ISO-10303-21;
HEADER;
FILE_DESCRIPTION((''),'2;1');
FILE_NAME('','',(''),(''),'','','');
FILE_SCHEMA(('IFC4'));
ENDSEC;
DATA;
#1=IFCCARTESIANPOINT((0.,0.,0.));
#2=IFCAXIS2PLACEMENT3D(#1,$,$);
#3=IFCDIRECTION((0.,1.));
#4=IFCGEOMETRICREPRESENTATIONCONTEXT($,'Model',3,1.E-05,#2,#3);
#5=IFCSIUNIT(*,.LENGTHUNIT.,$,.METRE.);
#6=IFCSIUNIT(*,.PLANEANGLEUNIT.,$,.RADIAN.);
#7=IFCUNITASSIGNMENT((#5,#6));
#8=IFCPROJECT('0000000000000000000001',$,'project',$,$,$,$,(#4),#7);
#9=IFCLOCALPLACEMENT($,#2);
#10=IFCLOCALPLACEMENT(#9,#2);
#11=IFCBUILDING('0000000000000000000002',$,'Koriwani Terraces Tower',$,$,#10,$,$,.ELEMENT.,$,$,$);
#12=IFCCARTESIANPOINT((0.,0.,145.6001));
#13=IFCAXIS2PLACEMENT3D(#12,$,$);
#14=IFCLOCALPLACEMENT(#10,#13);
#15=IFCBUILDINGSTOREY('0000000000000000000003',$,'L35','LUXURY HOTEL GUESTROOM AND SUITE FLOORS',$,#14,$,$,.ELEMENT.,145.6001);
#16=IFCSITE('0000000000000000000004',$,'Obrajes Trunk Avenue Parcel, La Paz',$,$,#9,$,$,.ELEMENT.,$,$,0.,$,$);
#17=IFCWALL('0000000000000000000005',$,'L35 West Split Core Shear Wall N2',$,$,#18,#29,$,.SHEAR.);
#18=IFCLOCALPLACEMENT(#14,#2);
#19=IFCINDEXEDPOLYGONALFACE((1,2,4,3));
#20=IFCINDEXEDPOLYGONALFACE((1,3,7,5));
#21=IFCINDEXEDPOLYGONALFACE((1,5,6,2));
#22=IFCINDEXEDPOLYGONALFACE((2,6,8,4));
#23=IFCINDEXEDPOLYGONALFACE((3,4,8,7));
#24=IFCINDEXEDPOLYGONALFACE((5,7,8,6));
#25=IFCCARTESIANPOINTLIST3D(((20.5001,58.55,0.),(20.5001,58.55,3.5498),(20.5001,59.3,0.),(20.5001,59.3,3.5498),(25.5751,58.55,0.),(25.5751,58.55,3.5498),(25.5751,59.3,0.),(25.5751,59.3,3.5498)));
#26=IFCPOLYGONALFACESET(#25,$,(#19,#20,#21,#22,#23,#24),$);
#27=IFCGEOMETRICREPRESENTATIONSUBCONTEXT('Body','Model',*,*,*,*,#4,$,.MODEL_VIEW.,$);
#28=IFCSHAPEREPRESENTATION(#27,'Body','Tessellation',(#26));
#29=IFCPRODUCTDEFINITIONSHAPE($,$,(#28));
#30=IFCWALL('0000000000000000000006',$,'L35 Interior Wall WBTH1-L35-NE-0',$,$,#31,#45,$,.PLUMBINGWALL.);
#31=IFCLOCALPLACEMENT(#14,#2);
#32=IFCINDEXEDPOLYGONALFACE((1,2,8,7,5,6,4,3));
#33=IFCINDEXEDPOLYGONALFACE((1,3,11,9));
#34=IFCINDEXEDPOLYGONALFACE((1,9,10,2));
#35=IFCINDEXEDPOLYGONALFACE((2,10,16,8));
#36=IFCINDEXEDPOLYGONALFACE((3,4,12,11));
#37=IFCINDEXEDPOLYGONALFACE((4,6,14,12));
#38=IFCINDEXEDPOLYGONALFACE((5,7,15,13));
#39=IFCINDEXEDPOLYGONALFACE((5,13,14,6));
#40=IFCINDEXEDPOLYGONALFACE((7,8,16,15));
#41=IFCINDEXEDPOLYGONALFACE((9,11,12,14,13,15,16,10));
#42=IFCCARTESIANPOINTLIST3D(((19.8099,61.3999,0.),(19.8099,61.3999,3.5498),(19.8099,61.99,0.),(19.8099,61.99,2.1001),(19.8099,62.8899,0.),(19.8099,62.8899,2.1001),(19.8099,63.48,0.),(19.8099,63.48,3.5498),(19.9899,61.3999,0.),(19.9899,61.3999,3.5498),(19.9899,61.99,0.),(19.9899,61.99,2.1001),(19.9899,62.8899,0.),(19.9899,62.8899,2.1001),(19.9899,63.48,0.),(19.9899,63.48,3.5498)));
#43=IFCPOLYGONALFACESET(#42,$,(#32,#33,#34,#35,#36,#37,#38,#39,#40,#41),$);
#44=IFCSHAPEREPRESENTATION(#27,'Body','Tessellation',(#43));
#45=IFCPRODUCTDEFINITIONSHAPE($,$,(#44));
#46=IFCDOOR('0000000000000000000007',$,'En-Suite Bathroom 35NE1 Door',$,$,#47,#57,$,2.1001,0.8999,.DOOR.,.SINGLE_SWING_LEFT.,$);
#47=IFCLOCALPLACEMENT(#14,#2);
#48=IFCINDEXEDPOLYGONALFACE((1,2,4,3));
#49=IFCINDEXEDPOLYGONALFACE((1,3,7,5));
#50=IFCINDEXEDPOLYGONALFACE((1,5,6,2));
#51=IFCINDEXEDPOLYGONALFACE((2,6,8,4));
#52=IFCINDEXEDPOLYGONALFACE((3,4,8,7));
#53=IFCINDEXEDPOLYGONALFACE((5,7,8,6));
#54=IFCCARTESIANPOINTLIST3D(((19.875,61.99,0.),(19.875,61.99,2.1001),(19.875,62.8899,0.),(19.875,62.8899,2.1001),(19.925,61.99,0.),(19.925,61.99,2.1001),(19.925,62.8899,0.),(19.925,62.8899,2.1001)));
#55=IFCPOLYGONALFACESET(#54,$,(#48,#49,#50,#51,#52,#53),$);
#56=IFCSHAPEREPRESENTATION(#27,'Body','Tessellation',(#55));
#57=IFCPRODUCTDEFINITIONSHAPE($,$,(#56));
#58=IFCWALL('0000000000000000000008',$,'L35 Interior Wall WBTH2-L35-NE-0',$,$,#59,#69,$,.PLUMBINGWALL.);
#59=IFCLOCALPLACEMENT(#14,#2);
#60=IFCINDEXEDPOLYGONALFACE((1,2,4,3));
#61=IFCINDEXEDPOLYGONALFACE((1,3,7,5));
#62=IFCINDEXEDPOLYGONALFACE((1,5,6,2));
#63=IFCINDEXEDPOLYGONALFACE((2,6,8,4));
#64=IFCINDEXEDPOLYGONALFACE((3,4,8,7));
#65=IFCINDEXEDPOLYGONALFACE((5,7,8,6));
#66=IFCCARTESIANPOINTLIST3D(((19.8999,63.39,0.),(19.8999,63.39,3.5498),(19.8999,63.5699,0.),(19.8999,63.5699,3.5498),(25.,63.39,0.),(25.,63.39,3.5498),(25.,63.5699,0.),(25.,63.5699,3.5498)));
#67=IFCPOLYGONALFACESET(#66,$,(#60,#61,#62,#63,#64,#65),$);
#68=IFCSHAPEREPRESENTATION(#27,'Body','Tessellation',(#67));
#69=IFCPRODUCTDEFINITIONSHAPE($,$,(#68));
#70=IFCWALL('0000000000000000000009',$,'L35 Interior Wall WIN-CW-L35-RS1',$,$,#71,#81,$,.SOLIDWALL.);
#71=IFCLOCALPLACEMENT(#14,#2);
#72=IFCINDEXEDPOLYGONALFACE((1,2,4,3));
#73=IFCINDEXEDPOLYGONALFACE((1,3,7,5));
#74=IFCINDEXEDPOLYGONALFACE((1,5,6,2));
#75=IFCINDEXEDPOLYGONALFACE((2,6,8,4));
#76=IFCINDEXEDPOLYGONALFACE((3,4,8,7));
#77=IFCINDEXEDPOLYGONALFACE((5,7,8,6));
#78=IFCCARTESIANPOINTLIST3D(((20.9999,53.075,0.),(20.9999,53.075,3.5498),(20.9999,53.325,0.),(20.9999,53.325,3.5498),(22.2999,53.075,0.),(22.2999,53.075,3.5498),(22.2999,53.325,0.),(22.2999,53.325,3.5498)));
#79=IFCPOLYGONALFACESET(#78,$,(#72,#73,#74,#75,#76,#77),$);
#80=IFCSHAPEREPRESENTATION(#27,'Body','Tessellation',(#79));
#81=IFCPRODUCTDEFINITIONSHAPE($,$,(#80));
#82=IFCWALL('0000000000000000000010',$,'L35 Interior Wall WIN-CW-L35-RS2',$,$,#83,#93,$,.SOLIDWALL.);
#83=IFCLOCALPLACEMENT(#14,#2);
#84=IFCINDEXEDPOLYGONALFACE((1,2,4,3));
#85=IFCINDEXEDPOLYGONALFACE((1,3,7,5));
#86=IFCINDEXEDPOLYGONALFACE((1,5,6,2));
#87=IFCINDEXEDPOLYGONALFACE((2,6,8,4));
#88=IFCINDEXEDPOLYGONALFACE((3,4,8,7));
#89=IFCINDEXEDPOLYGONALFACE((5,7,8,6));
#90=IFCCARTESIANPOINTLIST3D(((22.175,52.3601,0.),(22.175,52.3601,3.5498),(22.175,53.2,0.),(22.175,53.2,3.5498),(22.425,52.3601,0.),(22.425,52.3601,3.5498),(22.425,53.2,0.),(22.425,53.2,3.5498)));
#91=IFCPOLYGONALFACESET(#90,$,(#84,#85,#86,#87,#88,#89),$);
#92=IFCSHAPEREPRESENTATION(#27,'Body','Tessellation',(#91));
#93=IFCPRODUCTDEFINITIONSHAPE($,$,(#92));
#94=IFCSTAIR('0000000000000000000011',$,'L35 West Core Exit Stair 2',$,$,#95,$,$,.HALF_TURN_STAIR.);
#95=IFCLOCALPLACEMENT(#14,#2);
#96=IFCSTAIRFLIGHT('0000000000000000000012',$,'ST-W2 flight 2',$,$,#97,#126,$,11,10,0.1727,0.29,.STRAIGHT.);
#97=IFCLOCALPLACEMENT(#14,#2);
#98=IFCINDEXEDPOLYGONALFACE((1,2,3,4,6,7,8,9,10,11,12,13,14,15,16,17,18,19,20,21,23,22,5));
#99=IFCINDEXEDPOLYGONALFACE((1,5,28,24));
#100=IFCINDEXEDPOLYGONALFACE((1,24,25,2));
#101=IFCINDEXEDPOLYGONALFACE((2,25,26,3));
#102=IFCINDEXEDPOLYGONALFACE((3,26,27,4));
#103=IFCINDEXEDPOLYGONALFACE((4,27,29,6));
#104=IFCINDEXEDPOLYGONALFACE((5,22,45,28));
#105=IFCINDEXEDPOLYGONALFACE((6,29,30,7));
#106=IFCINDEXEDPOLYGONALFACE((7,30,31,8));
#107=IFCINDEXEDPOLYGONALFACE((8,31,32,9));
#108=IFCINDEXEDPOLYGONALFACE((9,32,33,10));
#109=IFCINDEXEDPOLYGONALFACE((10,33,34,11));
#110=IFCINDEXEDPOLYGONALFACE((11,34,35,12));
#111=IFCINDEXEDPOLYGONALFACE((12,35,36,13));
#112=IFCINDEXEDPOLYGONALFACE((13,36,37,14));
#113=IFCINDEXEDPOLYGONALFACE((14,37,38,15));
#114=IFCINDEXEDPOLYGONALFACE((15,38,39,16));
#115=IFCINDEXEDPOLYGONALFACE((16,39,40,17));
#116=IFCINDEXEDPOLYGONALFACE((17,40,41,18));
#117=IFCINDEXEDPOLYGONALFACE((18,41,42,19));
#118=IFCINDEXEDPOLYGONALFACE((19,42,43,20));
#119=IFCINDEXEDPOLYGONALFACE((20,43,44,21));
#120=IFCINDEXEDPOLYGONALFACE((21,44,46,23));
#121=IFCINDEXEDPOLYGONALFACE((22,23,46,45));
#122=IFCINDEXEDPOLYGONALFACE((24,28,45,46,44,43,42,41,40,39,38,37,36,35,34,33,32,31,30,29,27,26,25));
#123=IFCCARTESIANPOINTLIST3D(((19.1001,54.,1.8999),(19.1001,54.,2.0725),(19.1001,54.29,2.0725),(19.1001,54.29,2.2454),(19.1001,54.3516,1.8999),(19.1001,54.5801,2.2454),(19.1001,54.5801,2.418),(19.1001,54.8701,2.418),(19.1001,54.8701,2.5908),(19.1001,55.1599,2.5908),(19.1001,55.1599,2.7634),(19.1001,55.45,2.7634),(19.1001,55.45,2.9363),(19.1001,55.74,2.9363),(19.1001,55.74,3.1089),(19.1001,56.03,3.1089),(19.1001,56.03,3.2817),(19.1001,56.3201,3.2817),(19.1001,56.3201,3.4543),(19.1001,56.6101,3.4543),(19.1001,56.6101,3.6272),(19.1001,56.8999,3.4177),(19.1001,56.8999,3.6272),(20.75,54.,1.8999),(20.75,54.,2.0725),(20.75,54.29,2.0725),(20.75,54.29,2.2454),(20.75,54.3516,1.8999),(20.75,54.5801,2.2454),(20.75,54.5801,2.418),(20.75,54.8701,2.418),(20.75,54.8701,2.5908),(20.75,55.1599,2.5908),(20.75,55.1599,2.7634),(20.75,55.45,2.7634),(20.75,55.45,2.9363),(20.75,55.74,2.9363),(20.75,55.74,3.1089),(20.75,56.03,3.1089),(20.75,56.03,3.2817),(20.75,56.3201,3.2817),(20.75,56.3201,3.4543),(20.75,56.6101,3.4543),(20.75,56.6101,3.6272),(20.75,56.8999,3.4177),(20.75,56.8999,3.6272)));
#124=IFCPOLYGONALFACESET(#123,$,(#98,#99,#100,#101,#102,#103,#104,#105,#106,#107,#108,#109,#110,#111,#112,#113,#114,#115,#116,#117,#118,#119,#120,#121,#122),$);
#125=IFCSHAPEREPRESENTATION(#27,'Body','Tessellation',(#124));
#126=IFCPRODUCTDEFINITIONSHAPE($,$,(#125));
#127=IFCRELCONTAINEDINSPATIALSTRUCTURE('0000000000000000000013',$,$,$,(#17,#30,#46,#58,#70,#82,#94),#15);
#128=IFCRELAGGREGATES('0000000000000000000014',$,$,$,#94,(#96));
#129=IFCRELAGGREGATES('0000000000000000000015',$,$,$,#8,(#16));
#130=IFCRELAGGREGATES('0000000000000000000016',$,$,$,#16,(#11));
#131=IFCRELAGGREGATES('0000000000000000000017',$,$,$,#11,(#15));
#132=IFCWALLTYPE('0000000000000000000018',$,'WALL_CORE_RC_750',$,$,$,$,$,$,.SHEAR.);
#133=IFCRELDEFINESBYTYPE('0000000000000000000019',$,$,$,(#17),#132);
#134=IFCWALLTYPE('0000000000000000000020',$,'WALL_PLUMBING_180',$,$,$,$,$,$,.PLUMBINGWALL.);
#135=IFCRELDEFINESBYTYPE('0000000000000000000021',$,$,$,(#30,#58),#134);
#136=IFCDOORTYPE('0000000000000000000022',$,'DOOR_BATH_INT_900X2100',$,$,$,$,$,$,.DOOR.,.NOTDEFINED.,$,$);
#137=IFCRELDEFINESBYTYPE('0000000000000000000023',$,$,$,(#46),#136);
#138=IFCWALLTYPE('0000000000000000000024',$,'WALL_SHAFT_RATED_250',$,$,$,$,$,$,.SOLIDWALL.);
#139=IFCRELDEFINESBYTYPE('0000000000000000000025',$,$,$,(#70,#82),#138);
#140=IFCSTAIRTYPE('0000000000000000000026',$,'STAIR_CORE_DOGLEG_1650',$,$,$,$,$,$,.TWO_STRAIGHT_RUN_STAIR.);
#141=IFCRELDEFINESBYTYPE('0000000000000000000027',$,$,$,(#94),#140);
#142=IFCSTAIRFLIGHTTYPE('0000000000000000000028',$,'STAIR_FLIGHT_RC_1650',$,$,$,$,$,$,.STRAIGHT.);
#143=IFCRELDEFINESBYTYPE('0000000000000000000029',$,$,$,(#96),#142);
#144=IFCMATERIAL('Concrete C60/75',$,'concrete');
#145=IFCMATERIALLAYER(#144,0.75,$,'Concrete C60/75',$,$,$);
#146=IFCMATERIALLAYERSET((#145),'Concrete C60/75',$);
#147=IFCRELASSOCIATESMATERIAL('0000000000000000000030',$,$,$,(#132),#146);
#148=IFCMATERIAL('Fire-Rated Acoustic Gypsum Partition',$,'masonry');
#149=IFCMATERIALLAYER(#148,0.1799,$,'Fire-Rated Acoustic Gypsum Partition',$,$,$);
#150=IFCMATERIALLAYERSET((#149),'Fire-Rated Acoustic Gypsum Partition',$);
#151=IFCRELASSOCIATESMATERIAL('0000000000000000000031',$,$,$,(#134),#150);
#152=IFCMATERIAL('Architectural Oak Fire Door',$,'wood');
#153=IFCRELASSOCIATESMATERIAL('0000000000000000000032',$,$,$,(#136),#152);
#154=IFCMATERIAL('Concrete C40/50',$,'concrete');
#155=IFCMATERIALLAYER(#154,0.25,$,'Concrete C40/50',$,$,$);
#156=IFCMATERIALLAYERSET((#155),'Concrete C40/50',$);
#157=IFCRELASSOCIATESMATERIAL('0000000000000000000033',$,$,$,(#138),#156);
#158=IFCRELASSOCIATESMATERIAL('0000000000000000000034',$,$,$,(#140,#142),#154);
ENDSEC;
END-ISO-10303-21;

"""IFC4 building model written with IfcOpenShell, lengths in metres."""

from ifc_helpers import new_model, si_unit, direction, frame, frame_2d, origin, place, context, subcontext, project, spatial, polyline, rectangle, outline, extrude, material, layer, layer_set, type_object, element, fill, aggregate, save


model = new_model("IFC4")

# Units and contexts
model_context = context("Model", 3, precision=1e-05, world=origin(), true_north=direction((0.0, 1.0)))
body_context = subcontext(model_context, "Body", "Model", "MODEL_VIEW")
ifc_project = project(units=[si_unit("LENGTHUNIT", "METRE"), si_unit("PLANEANGLEUNIT", "RADIAN")], contexts=[model_context])

# Site, building, storey
site_placement = place(None, origin())
site = spatial("IfcSite", under=ifc_project, at=site_placement, Name="Obrajes Trunk Avenue Parcel, La Paz", CompositionType="ELEMENT", RefElevation=0.0)
building_placement = place(site_placement, origin())
building = spatial("IfcBuilding", under=site, at=building_placement, Name="Koriwani Terraces Tower", CompositionType="ELEMENT")
storey_placement = place(building_placement, frame((0.0, 0.0, 145.6001)))
storey = spatial("IfcBuildingStorey", under=building, at=storey_placement, Name="L35", Description="LUXURY HOTEL GUESTROOM AND SUITE FLOORS", CompositionType="ELEMENT", Elevation=145.6001)

# Wall
ifc_material_1 = material(Name="Concrete C60/75", Category="concrete")
ifc_layer_1 = layer(ifc_material_1, 0.75, Name="Concrete C60/75")
ifc_layer_set_1 = layer_set([ifc_layer_1], Name="Concrete C60/75")
wall_type_1 = type_object("IfcWallType", Name="WALL_CORE_RC_750", PredefinedType="SHEAR", material=ifc_layer_set_1)
wall_1_placement = place(storey_placement, frame((20.5, 58.925, 0.0), z_axis=(0.0, 0.0, 1.0), x_axis=(1.0, 0.0, 0.0)))
element("IfcWall", 1, at=wall_1_placement, inside=storey, type_object=wall_type_1, Name="L35 West Split Core Shear Wall N2", PredefinedType="SHEAR", context=body_context, shape_type="SweptSolid", body=[
    extrude(rectangle(XDim=5.075, YDim=0.75, at=frame_2d((2.5376, 0.0))), origin(), (0.0, 0.0, 1.0), 3.5498),
])

# Wall, opening, door
ifc_material_2 = material(Name="Fire-Rated Acoustic Gypsum Partition", Category="masonry")
ifc_layer_2 = layer(ifc_material_2, 0.1799, Name="Fire-Rated Acoustic Gypsum Partition")
ifc_layer_set_2 = layer_set([ifc_layer_2], Name="Fire-Rated Acoustic Gypsum Partition")
wall_type_2 = type_object("IfcWallType", Name="WALL_PLUMBING_180", PredefinedType="PLUMBINGWALL", material=ifc_layer_set_2)
wall_2_placement = place(storey_placement, frame((19.8999, 61.3999, 0.0), z_axis=(0.0, 0.0, 1.0), x_axis=(0.0, 1.0, 0.0)))
wall_2 = element("IfcWall", 2, at=wall_2_placement, inside=storey, type_object=wall_type_2, Name="L35 Interior Wall WBTH1-L35-NE-0", PredefinedType="PLUMBINGWALL", context=body_context, shape_type="SweptSolid", body=[
    extrude(rectangle(XDim=2.0801, YDim=0.1799, at=frame_2d((1.04, 0.0))), origin(), (0.0, 0.0, 1.0), 3.5498),
])
opening_1_placement = place(wall_2_placement, frame((0.5901, 0.0, 0.0)))
opening_1 = element("IfcOpeningElement", 3, at=opening_1_placement, cuts=wall_2, PredefinedType="OPENING", context=body_context, shape_type="SweptSolid", body=[
    extrude(rectangle(XDim=0.8999, YDim=2.1001, at=frame_2d((0.45, 1.05))), frame((0.0, 0.1001, 0.0), z_axis=(0.0, -1.0, 0.0), x_axis=(1.0, 0.0, 0.0)), (0.0, 0.0, 1.0), 0.2),
])
ifc_material_3 = material(Name="Architectural Oak Fire Door", Category="wood")
door_type_1 = type_object("IfcDoorType", Name="DOOR_BATH_INT_900X2100", OperationType="NOTDEFINED", PredefinedType="DOOR", material=ifc_material_3)
door_1_placement = place(opening_1_placement, origin())
door_1 = element("IfcDoor", 4, at=door_1_placement, inside=storey, type_object=door_type_1, Name="En-Suite Bathroom 35NE1 Door", OperationType="SINGLE_SWING_LEFT", OverallHeight=2.1001, OverallWidth=0.8999, PredefinedType="DOOR", context=body_context, shape_type="SweptSolid", body=[
    extrude(rectangle(XDim=0.8999, YDim=2.1001, at=frame_2d((0.45, 1.05))), frame((0.0, 0.0249, 0.0), z_axis=(0.0, -1.0, 0.0), x_axis=(1.0, 0.0, 0.0)), (0.0, 0.0, 1.0), 0.05),
])
fill(opening_1, door_1)

# Wall
wall_3_placement = place(storey_placement, frame((19.8999, 63.48, 0.0), z_axis=(0.0, 0.0, 1.0), x_axis=(1.0, 0.0, 0.0)))
element("IfcWall", 5, at=wall_3_placement, inside=storey, type_object=wall_type_2, Name="L35 Interior Wall WBTH2-L35-NE-0", PredefinedType="PLUMBINGWALL", context=body_context, shape_type="SweptSolid", body=[
    extrude(rectangle(XDim=5.1001, YDim=0.1799, at=frame_2d((2.55, 0.0))), origin(), (0.0, 0.0, 1.0), 3.5498),
])

# Shared definitions
ifc_material_4 = material(Name="Concrete C40/50", Category="concrete")
ifc_layer_3 = layer(ifc_material_4, 0.25, Name="Concrete C40/50")
ifc_layer_set_3 = layer_set([ifc_layer_3], Name="Concrete C40/50")
wall_type_3 = type_object("IfcWallType", Name="WALL_SHAFT_RATED_250", PredefinedType="SOLIDWALL", material=ifc_layer_set_3)

# Walls
wall_4_placement = place(storey_placement, frame((21.0, 53.2, 0.0), z_axis=(0.0, 0.0, 1.0), x_axis=(1.0, 0.0, 0.0)))
element("IfcWall", 6, at=wall_4_placement, inside=storey, type_object=wall_type_3, Name="L35 Interior Wall WIN-CW-L35-RS1", PredefinedType="SOLIDWALL", context=body_context, shape_type="SweptSolid", body=[
    extrude(rectangle(XDim=1.3, YDim=0.25, at=frame_2d((0.6499, 0.0))), origin(), (0.0, 0.0, 1.0), 3.5498),
])
wall_5_placement = place(storey_placement, frame((22.3, 52.3601, 0.0), z_axis=(0.0, 0.0, 1.0), x_axis=(0.0, 1.0, 0.0)))
element("IfcWall", 7, at=wall_5_placement, inside=storey, type_object=wall_type_3, Name="L35 Interior Wall WIN-CW-L35-RS2", PredefinedType="SOLIDWALL", context=body_context, shape_type="SweptSolid", body=[
    extrude(rectangle(XDim=0.8398, YDim=0.25, at=frame_2d((0.4199, 0.0))), origin(), (0.0, 0.0, 1.0), 3.5498),
])

# Stair, stair flight
stair_type = type_object("IfcStairType", Name="STAIR_CORE_DOGLEG_1650", PredefinedType="TWO_STRAIGHT_RUN_STAIR", material=ifc_material_4)
stair_placement = place(storey_placement, origin())
stair = element("IfcStair", 8, at=stair_placement, inside=storey, type_object=stair_type, Name="L35 West Core Exit Stair 2", PredefinedType="HALF_TURN_STAIR")
stair_flight_type = type_object("IfcStairFlightType", Name="STAIR_FLIGHT_RC_1650", PredefinedType="STRAIGHT", material=ifc_material_4)
stair_flight_placement = place(storey_placement, frame((19.925, 54.0, 1.8999), z_axis=(0.0, 0.0, 1.0), x_axis=(0.0, 1.0, 0.0)))
stair_flight = element("IfcStairFlight", 9, at=stair_flight_placement, type_object=stair_flight_type, Name="ST-W2 flight 2", NumberOfRisers=11, NumberOfTreads=10, PredefinedType="STRAIGHT", RiserHeight=0.1727, TreadLength=0.29, context=body_context, shape_type="SweptSolid", body=[
    extrude(outline(polyline([(0.0, 0.0), (0.0, 0.1726), (0.29, 0.1726), (0.29, 0.3455), (0.5801, 0.3455), (0.5801, 0.5181), (0.8701, 0.5181), (0.8701, 0.6909), (1.1599, 0.6909), (1.1599, 0.8635), (1.45, 0.8635), (1.45, 1.0364), (1.74, 1.0364), (1.74, 1.209), (2.03, 1.209), (2.03, 1.3818), (2.3201, 1.3818), (2.3201, 1.5544), (2.6101, 1.5544), (2.6101, 1.7273), (2.8999, 1.7273), (2.8999, 1.8999), (2.8999, 1.5178), (0.3516, 0.0), (0.0, 0.0)])), frame((0.0, 0.825, 0.0), z_axis=(0.0, -1.0, 0.0), x_axis=(1.0, 0.0, 0.0)), (0.0, 0.0, 1.0), 1.6499),
])
aggregate(stair, [stair_flight])

save(model, "model.ifc")
